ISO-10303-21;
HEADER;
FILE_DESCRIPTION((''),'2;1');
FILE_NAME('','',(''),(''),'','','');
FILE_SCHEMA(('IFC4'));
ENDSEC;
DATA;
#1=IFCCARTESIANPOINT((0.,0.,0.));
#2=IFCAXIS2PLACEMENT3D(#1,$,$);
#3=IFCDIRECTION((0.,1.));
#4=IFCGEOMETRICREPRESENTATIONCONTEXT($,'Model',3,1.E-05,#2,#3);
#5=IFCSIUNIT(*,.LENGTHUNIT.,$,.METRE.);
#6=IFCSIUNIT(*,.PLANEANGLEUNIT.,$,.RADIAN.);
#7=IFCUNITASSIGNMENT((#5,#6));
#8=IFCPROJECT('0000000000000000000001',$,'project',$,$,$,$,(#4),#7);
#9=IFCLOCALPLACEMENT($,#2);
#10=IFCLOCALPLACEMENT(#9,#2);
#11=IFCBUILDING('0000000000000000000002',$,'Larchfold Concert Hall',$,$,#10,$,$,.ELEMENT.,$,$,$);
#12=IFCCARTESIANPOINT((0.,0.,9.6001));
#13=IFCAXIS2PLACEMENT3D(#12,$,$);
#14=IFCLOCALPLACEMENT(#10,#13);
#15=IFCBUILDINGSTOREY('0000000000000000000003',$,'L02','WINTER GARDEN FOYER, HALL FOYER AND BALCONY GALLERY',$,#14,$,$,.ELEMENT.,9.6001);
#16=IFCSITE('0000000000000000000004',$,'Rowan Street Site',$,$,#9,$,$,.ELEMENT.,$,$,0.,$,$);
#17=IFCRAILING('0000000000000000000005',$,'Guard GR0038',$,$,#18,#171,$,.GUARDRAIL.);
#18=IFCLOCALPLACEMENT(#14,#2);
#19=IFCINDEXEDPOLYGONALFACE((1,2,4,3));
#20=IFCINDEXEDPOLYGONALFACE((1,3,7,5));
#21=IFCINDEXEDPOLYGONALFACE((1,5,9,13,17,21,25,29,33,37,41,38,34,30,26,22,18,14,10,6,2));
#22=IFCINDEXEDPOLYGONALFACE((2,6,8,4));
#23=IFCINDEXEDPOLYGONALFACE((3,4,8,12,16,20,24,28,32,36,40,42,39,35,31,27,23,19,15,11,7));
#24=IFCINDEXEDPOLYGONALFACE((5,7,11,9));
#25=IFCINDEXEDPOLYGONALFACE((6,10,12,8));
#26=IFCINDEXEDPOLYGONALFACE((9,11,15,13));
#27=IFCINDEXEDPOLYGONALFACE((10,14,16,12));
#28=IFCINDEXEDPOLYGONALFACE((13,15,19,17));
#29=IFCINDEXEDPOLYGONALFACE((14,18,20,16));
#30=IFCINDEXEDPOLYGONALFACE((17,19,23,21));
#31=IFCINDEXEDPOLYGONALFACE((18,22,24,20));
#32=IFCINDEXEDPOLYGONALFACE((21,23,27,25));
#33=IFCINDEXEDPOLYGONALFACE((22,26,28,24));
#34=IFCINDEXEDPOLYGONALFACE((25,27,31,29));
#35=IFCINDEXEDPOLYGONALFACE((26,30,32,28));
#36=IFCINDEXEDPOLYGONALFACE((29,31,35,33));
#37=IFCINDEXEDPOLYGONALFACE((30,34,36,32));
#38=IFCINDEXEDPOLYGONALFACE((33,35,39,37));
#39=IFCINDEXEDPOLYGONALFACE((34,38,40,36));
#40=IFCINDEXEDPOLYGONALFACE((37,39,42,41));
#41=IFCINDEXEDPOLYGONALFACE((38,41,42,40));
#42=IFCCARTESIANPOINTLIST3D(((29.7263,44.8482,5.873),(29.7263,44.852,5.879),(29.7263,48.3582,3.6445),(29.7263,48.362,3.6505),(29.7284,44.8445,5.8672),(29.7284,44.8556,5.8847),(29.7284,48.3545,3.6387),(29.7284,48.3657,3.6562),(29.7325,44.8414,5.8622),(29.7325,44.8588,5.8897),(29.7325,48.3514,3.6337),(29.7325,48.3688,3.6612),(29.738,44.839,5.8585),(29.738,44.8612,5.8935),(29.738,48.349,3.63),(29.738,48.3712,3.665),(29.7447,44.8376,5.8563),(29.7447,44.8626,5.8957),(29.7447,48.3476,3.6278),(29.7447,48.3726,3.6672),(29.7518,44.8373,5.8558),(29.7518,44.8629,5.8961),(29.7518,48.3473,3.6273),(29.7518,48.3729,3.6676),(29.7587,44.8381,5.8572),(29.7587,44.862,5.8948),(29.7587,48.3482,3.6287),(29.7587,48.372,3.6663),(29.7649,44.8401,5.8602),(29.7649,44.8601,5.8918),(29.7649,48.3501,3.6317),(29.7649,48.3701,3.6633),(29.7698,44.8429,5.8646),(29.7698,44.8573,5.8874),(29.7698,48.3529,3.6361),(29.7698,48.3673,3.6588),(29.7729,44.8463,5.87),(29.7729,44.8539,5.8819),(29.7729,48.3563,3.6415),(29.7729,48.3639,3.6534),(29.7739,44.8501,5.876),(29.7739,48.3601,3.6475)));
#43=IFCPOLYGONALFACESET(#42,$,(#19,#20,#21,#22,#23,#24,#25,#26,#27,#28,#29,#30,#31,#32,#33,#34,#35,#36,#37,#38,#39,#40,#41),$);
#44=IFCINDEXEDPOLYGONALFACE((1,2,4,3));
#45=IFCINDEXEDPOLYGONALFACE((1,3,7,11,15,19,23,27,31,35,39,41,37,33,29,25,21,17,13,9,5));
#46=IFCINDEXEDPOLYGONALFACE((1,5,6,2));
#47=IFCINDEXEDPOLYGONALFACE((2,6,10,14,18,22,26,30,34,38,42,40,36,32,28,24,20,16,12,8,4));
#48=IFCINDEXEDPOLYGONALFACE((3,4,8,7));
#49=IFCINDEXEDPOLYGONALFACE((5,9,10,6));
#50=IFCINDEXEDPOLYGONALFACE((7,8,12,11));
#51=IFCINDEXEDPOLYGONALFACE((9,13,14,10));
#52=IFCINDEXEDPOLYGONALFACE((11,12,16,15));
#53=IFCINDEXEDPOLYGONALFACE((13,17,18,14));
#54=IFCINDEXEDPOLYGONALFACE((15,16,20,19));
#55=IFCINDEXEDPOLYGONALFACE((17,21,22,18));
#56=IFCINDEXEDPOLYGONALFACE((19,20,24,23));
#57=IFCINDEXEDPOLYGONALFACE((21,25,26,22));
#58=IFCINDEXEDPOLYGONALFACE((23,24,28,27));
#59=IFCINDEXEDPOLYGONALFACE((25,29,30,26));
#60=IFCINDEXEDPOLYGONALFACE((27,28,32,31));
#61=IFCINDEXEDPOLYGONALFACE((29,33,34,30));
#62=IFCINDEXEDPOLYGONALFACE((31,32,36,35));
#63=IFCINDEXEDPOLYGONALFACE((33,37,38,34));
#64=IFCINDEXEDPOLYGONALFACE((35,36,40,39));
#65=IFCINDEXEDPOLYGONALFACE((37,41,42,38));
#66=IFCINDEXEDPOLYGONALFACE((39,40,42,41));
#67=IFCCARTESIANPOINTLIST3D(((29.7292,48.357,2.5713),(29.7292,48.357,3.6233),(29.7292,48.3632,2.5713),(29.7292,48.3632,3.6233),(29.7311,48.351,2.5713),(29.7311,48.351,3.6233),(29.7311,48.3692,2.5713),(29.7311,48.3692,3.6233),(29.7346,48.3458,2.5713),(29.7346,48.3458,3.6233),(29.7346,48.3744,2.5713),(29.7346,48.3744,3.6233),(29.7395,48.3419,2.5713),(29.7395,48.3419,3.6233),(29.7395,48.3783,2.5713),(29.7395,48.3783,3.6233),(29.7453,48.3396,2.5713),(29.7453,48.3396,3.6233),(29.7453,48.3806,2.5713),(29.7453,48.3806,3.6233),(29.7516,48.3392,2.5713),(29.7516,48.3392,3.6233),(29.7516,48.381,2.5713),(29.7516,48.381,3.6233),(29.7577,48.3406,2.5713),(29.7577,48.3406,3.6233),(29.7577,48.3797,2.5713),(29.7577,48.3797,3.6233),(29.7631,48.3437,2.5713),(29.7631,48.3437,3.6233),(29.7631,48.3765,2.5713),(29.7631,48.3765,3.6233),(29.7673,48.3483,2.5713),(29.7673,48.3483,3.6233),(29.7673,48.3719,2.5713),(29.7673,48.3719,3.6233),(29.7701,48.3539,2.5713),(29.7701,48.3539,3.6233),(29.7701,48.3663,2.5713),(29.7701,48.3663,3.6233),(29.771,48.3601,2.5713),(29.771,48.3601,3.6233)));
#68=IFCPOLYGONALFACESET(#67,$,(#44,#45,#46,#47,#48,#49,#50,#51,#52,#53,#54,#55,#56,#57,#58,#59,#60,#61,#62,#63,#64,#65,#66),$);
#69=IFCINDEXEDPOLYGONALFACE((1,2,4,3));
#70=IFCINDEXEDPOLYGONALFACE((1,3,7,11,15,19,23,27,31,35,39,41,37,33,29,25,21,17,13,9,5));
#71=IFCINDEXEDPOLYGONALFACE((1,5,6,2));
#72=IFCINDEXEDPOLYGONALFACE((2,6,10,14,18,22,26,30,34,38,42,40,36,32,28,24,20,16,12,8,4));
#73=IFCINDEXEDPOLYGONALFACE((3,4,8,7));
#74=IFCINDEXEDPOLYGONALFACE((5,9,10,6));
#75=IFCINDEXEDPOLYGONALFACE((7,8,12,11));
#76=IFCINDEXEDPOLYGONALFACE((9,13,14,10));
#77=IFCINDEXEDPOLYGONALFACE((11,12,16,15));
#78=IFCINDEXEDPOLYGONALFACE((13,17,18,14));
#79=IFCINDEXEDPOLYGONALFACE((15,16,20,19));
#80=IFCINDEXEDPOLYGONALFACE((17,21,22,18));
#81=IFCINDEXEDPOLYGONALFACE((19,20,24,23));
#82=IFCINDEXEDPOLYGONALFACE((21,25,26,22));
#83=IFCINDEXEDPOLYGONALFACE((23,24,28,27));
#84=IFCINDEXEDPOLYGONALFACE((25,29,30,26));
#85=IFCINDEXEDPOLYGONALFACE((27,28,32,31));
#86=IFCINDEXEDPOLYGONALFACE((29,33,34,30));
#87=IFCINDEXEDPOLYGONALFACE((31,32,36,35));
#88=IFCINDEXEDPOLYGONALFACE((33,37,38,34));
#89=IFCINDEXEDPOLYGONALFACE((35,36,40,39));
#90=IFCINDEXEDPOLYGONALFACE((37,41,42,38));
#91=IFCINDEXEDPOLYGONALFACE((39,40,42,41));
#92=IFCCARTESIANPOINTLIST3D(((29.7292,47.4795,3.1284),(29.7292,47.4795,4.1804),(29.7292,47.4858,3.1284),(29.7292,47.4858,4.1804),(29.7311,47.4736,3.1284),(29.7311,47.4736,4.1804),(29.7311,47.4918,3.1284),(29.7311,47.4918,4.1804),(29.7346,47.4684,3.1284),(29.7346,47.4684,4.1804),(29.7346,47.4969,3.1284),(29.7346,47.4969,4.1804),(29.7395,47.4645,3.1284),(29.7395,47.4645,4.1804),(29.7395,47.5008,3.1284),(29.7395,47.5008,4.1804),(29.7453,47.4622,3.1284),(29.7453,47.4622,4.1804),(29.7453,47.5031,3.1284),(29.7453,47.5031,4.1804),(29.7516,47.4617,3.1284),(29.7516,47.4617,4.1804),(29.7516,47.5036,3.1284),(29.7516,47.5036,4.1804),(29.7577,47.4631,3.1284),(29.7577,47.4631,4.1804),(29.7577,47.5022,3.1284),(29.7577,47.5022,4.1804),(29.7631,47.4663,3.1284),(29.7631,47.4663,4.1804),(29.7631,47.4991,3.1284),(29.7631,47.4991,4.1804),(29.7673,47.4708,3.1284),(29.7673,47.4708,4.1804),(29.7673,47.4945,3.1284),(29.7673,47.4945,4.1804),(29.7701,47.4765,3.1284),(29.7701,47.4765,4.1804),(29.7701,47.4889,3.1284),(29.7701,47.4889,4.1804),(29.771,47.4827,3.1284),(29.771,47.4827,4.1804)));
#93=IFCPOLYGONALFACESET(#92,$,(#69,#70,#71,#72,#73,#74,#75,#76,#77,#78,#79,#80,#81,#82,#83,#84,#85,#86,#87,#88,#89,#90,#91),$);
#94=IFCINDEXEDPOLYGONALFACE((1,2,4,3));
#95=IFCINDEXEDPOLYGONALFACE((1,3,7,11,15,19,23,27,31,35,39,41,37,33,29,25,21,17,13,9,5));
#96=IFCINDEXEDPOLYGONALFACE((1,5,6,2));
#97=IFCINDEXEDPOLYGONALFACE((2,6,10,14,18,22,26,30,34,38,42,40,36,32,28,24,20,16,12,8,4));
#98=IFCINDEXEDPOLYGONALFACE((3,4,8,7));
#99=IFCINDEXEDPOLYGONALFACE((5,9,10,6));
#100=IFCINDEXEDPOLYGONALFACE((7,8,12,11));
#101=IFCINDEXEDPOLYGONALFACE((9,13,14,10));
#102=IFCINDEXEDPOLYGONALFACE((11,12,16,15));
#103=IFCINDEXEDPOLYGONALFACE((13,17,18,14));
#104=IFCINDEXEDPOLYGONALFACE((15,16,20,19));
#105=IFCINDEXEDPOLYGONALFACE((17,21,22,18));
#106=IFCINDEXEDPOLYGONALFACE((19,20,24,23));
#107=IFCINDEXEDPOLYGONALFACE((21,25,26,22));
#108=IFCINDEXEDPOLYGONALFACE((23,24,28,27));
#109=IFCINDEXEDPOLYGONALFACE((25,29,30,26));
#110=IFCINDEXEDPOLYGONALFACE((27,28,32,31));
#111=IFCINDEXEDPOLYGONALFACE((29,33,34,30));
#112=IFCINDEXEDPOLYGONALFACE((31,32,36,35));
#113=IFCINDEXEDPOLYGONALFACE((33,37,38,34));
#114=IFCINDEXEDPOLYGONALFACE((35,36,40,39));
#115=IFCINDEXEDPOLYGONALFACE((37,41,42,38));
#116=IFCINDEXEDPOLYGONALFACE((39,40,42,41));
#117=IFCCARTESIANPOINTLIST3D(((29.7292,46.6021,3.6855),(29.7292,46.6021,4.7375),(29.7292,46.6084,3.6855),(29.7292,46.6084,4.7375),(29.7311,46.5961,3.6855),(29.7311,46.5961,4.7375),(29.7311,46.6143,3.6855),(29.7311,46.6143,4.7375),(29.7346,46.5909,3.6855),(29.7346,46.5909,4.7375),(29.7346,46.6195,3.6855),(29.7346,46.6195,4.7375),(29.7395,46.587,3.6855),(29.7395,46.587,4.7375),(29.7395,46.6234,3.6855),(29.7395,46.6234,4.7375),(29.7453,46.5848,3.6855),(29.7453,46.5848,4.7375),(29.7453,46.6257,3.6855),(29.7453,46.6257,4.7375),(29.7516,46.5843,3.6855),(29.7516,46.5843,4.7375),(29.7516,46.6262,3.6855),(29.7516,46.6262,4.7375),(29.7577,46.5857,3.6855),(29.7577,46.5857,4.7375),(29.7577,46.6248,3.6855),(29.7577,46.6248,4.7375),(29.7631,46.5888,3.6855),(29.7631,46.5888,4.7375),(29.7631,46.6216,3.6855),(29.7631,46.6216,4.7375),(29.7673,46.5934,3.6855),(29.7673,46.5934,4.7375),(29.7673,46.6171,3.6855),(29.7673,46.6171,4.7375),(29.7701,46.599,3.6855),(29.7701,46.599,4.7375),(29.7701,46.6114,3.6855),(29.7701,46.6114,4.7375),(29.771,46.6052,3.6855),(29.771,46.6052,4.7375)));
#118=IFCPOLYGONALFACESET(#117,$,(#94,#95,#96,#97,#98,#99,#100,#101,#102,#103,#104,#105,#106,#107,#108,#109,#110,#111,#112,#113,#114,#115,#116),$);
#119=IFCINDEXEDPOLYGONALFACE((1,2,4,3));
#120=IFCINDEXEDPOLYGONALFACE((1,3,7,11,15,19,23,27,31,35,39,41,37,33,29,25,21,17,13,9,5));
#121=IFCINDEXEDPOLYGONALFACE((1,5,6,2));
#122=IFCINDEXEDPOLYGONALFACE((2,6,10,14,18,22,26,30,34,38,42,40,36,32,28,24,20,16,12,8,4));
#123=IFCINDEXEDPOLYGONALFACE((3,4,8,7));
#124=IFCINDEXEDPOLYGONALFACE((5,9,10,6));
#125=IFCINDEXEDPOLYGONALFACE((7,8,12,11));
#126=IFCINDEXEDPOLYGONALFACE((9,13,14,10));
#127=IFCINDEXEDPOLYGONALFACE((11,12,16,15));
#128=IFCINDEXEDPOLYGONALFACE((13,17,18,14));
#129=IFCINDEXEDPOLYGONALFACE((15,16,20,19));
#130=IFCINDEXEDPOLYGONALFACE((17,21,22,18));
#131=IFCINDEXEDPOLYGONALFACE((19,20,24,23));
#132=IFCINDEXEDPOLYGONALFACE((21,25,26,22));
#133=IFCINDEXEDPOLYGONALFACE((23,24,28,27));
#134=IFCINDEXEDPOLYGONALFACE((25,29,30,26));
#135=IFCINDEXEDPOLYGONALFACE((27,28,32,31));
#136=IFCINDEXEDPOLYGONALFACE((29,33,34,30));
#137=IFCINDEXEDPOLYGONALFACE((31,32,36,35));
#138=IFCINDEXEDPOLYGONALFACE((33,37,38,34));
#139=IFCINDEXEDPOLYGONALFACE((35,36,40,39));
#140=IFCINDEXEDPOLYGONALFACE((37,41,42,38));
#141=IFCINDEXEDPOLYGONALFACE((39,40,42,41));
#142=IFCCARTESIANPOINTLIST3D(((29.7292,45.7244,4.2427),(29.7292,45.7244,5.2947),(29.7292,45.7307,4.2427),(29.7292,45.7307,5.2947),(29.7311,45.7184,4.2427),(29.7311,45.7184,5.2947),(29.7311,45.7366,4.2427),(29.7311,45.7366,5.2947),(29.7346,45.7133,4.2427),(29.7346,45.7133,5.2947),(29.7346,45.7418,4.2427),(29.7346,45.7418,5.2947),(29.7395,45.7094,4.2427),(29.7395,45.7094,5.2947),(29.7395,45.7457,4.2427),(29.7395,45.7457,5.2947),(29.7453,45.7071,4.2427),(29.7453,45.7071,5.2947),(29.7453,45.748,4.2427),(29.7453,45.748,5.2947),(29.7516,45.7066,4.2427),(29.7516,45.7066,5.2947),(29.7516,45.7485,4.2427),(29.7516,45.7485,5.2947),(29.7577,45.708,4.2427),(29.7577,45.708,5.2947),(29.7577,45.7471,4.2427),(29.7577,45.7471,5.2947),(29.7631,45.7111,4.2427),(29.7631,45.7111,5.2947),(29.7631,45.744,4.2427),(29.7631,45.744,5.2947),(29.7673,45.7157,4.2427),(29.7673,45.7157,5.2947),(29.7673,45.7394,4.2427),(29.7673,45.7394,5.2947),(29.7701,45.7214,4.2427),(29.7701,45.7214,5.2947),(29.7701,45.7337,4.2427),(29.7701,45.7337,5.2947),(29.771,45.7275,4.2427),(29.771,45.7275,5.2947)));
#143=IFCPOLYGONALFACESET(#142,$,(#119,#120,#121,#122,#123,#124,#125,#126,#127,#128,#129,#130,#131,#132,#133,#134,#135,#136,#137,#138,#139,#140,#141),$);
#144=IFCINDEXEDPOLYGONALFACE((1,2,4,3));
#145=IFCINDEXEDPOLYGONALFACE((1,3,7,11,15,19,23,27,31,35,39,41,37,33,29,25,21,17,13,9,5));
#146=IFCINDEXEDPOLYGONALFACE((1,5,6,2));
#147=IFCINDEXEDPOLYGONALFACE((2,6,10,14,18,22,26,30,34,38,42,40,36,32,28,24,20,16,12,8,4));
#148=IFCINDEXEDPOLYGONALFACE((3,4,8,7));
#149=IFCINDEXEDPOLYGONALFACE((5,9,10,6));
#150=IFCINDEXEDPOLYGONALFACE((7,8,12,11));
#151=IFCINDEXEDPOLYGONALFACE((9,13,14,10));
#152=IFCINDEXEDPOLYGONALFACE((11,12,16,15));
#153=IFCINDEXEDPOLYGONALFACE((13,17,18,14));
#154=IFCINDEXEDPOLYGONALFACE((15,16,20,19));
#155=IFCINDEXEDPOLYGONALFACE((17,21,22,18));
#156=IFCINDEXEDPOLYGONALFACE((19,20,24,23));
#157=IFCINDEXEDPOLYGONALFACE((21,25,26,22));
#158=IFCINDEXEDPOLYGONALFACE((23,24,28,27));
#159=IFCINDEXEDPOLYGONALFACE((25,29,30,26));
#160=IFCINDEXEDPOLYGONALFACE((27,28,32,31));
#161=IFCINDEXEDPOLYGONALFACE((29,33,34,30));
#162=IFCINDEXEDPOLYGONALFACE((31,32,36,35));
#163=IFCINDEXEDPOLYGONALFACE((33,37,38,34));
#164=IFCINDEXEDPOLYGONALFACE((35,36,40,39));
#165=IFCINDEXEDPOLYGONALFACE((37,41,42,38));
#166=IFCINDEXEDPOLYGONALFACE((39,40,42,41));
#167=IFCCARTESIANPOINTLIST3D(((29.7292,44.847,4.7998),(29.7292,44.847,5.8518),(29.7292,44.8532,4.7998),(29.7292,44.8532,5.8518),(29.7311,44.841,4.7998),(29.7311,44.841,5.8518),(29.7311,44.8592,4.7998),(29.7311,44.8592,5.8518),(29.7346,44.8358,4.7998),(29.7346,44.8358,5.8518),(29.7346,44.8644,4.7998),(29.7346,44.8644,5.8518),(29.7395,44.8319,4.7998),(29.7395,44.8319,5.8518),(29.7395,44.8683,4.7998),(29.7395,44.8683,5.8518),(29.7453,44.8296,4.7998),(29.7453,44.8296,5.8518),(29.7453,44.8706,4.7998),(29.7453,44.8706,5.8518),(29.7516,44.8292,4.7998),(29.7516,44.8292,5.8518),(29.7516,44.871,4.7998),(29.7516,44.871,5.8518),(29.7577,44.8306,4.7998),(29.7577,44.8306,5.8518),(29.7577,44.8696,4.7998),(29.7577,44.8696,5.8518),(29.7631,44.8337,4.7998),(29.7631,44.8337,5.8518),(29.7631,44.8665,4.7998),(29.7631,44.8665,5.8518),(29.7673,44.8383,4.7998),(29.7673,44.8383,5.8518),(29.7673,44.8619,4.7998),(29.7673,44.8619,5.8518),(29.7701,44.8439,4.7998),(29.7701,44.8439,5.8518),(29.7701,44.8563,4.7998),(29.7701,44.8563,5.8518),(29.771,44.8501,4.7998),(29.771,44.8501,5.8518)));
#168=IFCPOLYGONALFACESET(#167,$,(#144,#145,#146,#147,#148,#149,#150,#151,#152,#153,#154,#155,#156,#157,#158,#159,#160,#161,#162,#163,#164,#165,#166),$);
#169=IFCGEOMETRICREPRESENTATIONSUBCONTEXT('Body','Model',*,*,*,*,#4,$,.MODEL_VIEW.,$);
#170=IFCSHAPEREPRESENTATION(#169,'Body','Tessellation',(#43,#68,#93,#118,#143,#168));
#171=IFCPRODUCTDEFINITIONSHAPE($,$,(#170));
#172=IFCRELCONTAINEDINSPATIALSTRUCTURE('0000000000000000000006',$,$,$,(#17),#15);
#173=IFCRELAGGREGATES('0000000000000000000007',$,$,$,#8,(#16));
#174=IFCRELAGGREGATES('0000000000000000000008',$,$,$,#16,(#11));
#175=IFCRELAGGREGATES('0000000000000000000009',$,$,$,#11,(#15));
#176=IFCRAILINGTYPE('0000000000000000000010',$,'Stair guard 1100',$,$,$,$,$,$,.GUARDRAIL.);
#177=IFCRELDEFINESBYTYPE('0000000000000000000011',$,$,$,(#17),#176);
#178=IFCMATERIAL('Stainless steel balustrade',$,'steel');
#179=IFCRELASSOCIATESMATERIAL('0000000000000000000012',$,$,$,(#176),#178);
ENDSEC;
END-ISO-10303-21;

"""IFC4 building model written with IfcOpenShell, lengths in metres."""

from ifc_helpers import new_model, si_unit, direction, frame, origin, origin_2d, place, context, subcontext, project, spatial, circle, extrude, material, type_object, element, save


model = new_model("IFC4")

# Units and contexts
model_context = context("Model", 3, precision=1e-05, world=origin(), true_north=direction((0.0, 1.0)))
body_context = subcontext(model_context, "Body", "Model", "MODEL_VIEW")
ifc_project = project(units=[si_unit("LENGTHUNIT", "METRE"), si_unit("PLANEANGLEUNIT", "RADIAN")], contexts=[model_context])

# Site, building, storey
site_placement = place(None, origin())
site = spatial("IfcSite", under=ifc_project, at=site_placement, Name="Rowan Street Site", CompositionType="ELEMENT", RefElevation=0.0)
building_placement = place(site_placement, origin())
building = spatial("IfcBuilding", under=site, at=building_placement, Name="Larchfold Concert Hall", CompositionType="ELEMENT")
storey_placement = place(building_placement, frame((0.0, 0.0, 9.6001)))
storey = spatial("IfcBuildingStorey", under=building, at=storey_placement, Name="L02", Description="WINTER GARDEN FOYER, HALL FOYER AND BALCONY GALLERY", CompositionType="ELEMENT", Elevation=9.6001)

# Railing
ifc_material_1 = material(Name="Stainless steel balustrade", Category="steel")
railing_type_1 = type_object("IfcRailingType", Name="Stair guard 1100", PredefinedType="GUARDRAIL", material=ifc_material_1)
railing_1_placement = place(storey_placement, frame((29.75, 48.3601, 2.5713)))
element("IfcRailing", 1, at=railing_1_placement, inside=storey, type_object=railing_type_1, Name="Guard GR0038", PredefinedType="GUARDRAIL", context=body_context, shape_type="SweptSolid", body=[
    extrude(circle(Radius=0.0239, at=origin_2d()), frame((0.0, 0.0, 1.0762), z_axis=(0.0, -0.84422, 0.535998), x_axis=(1.0, 0.0, 0.0)), (0.0, 0.0, 1.0), 4.1577),
    extrude(circle(Radius=0.021, at=origin_2d()), origin(), (0.0, 0.0, 1.0), 1.052),
    extrude(circle(Radius=0.021, at=origin_2d()), frame((0.0, -0.8774, 0.5571)), (0.0, 0.0, 1.0), 1.052),
    extrude(circle(Radius=0.021, at=origin_2d()), frame((0.0, -1.7549, 1.1143)), (0.0, 0.0, 1.0), 1.052),
    extrude(circle(Radius=0.021, at=origin_2d()), frame((0.0, -2.6326, 1.6714)), (0.0, 0.0, 1.0), 1.052),
    extrude(circle(Radius=0.021, at=origin_2d()), frame((0.0, -3.51, 2.2285)), (0.0, 0.0, 1.0), 1.052),
])

save(model, "model.ifc")
